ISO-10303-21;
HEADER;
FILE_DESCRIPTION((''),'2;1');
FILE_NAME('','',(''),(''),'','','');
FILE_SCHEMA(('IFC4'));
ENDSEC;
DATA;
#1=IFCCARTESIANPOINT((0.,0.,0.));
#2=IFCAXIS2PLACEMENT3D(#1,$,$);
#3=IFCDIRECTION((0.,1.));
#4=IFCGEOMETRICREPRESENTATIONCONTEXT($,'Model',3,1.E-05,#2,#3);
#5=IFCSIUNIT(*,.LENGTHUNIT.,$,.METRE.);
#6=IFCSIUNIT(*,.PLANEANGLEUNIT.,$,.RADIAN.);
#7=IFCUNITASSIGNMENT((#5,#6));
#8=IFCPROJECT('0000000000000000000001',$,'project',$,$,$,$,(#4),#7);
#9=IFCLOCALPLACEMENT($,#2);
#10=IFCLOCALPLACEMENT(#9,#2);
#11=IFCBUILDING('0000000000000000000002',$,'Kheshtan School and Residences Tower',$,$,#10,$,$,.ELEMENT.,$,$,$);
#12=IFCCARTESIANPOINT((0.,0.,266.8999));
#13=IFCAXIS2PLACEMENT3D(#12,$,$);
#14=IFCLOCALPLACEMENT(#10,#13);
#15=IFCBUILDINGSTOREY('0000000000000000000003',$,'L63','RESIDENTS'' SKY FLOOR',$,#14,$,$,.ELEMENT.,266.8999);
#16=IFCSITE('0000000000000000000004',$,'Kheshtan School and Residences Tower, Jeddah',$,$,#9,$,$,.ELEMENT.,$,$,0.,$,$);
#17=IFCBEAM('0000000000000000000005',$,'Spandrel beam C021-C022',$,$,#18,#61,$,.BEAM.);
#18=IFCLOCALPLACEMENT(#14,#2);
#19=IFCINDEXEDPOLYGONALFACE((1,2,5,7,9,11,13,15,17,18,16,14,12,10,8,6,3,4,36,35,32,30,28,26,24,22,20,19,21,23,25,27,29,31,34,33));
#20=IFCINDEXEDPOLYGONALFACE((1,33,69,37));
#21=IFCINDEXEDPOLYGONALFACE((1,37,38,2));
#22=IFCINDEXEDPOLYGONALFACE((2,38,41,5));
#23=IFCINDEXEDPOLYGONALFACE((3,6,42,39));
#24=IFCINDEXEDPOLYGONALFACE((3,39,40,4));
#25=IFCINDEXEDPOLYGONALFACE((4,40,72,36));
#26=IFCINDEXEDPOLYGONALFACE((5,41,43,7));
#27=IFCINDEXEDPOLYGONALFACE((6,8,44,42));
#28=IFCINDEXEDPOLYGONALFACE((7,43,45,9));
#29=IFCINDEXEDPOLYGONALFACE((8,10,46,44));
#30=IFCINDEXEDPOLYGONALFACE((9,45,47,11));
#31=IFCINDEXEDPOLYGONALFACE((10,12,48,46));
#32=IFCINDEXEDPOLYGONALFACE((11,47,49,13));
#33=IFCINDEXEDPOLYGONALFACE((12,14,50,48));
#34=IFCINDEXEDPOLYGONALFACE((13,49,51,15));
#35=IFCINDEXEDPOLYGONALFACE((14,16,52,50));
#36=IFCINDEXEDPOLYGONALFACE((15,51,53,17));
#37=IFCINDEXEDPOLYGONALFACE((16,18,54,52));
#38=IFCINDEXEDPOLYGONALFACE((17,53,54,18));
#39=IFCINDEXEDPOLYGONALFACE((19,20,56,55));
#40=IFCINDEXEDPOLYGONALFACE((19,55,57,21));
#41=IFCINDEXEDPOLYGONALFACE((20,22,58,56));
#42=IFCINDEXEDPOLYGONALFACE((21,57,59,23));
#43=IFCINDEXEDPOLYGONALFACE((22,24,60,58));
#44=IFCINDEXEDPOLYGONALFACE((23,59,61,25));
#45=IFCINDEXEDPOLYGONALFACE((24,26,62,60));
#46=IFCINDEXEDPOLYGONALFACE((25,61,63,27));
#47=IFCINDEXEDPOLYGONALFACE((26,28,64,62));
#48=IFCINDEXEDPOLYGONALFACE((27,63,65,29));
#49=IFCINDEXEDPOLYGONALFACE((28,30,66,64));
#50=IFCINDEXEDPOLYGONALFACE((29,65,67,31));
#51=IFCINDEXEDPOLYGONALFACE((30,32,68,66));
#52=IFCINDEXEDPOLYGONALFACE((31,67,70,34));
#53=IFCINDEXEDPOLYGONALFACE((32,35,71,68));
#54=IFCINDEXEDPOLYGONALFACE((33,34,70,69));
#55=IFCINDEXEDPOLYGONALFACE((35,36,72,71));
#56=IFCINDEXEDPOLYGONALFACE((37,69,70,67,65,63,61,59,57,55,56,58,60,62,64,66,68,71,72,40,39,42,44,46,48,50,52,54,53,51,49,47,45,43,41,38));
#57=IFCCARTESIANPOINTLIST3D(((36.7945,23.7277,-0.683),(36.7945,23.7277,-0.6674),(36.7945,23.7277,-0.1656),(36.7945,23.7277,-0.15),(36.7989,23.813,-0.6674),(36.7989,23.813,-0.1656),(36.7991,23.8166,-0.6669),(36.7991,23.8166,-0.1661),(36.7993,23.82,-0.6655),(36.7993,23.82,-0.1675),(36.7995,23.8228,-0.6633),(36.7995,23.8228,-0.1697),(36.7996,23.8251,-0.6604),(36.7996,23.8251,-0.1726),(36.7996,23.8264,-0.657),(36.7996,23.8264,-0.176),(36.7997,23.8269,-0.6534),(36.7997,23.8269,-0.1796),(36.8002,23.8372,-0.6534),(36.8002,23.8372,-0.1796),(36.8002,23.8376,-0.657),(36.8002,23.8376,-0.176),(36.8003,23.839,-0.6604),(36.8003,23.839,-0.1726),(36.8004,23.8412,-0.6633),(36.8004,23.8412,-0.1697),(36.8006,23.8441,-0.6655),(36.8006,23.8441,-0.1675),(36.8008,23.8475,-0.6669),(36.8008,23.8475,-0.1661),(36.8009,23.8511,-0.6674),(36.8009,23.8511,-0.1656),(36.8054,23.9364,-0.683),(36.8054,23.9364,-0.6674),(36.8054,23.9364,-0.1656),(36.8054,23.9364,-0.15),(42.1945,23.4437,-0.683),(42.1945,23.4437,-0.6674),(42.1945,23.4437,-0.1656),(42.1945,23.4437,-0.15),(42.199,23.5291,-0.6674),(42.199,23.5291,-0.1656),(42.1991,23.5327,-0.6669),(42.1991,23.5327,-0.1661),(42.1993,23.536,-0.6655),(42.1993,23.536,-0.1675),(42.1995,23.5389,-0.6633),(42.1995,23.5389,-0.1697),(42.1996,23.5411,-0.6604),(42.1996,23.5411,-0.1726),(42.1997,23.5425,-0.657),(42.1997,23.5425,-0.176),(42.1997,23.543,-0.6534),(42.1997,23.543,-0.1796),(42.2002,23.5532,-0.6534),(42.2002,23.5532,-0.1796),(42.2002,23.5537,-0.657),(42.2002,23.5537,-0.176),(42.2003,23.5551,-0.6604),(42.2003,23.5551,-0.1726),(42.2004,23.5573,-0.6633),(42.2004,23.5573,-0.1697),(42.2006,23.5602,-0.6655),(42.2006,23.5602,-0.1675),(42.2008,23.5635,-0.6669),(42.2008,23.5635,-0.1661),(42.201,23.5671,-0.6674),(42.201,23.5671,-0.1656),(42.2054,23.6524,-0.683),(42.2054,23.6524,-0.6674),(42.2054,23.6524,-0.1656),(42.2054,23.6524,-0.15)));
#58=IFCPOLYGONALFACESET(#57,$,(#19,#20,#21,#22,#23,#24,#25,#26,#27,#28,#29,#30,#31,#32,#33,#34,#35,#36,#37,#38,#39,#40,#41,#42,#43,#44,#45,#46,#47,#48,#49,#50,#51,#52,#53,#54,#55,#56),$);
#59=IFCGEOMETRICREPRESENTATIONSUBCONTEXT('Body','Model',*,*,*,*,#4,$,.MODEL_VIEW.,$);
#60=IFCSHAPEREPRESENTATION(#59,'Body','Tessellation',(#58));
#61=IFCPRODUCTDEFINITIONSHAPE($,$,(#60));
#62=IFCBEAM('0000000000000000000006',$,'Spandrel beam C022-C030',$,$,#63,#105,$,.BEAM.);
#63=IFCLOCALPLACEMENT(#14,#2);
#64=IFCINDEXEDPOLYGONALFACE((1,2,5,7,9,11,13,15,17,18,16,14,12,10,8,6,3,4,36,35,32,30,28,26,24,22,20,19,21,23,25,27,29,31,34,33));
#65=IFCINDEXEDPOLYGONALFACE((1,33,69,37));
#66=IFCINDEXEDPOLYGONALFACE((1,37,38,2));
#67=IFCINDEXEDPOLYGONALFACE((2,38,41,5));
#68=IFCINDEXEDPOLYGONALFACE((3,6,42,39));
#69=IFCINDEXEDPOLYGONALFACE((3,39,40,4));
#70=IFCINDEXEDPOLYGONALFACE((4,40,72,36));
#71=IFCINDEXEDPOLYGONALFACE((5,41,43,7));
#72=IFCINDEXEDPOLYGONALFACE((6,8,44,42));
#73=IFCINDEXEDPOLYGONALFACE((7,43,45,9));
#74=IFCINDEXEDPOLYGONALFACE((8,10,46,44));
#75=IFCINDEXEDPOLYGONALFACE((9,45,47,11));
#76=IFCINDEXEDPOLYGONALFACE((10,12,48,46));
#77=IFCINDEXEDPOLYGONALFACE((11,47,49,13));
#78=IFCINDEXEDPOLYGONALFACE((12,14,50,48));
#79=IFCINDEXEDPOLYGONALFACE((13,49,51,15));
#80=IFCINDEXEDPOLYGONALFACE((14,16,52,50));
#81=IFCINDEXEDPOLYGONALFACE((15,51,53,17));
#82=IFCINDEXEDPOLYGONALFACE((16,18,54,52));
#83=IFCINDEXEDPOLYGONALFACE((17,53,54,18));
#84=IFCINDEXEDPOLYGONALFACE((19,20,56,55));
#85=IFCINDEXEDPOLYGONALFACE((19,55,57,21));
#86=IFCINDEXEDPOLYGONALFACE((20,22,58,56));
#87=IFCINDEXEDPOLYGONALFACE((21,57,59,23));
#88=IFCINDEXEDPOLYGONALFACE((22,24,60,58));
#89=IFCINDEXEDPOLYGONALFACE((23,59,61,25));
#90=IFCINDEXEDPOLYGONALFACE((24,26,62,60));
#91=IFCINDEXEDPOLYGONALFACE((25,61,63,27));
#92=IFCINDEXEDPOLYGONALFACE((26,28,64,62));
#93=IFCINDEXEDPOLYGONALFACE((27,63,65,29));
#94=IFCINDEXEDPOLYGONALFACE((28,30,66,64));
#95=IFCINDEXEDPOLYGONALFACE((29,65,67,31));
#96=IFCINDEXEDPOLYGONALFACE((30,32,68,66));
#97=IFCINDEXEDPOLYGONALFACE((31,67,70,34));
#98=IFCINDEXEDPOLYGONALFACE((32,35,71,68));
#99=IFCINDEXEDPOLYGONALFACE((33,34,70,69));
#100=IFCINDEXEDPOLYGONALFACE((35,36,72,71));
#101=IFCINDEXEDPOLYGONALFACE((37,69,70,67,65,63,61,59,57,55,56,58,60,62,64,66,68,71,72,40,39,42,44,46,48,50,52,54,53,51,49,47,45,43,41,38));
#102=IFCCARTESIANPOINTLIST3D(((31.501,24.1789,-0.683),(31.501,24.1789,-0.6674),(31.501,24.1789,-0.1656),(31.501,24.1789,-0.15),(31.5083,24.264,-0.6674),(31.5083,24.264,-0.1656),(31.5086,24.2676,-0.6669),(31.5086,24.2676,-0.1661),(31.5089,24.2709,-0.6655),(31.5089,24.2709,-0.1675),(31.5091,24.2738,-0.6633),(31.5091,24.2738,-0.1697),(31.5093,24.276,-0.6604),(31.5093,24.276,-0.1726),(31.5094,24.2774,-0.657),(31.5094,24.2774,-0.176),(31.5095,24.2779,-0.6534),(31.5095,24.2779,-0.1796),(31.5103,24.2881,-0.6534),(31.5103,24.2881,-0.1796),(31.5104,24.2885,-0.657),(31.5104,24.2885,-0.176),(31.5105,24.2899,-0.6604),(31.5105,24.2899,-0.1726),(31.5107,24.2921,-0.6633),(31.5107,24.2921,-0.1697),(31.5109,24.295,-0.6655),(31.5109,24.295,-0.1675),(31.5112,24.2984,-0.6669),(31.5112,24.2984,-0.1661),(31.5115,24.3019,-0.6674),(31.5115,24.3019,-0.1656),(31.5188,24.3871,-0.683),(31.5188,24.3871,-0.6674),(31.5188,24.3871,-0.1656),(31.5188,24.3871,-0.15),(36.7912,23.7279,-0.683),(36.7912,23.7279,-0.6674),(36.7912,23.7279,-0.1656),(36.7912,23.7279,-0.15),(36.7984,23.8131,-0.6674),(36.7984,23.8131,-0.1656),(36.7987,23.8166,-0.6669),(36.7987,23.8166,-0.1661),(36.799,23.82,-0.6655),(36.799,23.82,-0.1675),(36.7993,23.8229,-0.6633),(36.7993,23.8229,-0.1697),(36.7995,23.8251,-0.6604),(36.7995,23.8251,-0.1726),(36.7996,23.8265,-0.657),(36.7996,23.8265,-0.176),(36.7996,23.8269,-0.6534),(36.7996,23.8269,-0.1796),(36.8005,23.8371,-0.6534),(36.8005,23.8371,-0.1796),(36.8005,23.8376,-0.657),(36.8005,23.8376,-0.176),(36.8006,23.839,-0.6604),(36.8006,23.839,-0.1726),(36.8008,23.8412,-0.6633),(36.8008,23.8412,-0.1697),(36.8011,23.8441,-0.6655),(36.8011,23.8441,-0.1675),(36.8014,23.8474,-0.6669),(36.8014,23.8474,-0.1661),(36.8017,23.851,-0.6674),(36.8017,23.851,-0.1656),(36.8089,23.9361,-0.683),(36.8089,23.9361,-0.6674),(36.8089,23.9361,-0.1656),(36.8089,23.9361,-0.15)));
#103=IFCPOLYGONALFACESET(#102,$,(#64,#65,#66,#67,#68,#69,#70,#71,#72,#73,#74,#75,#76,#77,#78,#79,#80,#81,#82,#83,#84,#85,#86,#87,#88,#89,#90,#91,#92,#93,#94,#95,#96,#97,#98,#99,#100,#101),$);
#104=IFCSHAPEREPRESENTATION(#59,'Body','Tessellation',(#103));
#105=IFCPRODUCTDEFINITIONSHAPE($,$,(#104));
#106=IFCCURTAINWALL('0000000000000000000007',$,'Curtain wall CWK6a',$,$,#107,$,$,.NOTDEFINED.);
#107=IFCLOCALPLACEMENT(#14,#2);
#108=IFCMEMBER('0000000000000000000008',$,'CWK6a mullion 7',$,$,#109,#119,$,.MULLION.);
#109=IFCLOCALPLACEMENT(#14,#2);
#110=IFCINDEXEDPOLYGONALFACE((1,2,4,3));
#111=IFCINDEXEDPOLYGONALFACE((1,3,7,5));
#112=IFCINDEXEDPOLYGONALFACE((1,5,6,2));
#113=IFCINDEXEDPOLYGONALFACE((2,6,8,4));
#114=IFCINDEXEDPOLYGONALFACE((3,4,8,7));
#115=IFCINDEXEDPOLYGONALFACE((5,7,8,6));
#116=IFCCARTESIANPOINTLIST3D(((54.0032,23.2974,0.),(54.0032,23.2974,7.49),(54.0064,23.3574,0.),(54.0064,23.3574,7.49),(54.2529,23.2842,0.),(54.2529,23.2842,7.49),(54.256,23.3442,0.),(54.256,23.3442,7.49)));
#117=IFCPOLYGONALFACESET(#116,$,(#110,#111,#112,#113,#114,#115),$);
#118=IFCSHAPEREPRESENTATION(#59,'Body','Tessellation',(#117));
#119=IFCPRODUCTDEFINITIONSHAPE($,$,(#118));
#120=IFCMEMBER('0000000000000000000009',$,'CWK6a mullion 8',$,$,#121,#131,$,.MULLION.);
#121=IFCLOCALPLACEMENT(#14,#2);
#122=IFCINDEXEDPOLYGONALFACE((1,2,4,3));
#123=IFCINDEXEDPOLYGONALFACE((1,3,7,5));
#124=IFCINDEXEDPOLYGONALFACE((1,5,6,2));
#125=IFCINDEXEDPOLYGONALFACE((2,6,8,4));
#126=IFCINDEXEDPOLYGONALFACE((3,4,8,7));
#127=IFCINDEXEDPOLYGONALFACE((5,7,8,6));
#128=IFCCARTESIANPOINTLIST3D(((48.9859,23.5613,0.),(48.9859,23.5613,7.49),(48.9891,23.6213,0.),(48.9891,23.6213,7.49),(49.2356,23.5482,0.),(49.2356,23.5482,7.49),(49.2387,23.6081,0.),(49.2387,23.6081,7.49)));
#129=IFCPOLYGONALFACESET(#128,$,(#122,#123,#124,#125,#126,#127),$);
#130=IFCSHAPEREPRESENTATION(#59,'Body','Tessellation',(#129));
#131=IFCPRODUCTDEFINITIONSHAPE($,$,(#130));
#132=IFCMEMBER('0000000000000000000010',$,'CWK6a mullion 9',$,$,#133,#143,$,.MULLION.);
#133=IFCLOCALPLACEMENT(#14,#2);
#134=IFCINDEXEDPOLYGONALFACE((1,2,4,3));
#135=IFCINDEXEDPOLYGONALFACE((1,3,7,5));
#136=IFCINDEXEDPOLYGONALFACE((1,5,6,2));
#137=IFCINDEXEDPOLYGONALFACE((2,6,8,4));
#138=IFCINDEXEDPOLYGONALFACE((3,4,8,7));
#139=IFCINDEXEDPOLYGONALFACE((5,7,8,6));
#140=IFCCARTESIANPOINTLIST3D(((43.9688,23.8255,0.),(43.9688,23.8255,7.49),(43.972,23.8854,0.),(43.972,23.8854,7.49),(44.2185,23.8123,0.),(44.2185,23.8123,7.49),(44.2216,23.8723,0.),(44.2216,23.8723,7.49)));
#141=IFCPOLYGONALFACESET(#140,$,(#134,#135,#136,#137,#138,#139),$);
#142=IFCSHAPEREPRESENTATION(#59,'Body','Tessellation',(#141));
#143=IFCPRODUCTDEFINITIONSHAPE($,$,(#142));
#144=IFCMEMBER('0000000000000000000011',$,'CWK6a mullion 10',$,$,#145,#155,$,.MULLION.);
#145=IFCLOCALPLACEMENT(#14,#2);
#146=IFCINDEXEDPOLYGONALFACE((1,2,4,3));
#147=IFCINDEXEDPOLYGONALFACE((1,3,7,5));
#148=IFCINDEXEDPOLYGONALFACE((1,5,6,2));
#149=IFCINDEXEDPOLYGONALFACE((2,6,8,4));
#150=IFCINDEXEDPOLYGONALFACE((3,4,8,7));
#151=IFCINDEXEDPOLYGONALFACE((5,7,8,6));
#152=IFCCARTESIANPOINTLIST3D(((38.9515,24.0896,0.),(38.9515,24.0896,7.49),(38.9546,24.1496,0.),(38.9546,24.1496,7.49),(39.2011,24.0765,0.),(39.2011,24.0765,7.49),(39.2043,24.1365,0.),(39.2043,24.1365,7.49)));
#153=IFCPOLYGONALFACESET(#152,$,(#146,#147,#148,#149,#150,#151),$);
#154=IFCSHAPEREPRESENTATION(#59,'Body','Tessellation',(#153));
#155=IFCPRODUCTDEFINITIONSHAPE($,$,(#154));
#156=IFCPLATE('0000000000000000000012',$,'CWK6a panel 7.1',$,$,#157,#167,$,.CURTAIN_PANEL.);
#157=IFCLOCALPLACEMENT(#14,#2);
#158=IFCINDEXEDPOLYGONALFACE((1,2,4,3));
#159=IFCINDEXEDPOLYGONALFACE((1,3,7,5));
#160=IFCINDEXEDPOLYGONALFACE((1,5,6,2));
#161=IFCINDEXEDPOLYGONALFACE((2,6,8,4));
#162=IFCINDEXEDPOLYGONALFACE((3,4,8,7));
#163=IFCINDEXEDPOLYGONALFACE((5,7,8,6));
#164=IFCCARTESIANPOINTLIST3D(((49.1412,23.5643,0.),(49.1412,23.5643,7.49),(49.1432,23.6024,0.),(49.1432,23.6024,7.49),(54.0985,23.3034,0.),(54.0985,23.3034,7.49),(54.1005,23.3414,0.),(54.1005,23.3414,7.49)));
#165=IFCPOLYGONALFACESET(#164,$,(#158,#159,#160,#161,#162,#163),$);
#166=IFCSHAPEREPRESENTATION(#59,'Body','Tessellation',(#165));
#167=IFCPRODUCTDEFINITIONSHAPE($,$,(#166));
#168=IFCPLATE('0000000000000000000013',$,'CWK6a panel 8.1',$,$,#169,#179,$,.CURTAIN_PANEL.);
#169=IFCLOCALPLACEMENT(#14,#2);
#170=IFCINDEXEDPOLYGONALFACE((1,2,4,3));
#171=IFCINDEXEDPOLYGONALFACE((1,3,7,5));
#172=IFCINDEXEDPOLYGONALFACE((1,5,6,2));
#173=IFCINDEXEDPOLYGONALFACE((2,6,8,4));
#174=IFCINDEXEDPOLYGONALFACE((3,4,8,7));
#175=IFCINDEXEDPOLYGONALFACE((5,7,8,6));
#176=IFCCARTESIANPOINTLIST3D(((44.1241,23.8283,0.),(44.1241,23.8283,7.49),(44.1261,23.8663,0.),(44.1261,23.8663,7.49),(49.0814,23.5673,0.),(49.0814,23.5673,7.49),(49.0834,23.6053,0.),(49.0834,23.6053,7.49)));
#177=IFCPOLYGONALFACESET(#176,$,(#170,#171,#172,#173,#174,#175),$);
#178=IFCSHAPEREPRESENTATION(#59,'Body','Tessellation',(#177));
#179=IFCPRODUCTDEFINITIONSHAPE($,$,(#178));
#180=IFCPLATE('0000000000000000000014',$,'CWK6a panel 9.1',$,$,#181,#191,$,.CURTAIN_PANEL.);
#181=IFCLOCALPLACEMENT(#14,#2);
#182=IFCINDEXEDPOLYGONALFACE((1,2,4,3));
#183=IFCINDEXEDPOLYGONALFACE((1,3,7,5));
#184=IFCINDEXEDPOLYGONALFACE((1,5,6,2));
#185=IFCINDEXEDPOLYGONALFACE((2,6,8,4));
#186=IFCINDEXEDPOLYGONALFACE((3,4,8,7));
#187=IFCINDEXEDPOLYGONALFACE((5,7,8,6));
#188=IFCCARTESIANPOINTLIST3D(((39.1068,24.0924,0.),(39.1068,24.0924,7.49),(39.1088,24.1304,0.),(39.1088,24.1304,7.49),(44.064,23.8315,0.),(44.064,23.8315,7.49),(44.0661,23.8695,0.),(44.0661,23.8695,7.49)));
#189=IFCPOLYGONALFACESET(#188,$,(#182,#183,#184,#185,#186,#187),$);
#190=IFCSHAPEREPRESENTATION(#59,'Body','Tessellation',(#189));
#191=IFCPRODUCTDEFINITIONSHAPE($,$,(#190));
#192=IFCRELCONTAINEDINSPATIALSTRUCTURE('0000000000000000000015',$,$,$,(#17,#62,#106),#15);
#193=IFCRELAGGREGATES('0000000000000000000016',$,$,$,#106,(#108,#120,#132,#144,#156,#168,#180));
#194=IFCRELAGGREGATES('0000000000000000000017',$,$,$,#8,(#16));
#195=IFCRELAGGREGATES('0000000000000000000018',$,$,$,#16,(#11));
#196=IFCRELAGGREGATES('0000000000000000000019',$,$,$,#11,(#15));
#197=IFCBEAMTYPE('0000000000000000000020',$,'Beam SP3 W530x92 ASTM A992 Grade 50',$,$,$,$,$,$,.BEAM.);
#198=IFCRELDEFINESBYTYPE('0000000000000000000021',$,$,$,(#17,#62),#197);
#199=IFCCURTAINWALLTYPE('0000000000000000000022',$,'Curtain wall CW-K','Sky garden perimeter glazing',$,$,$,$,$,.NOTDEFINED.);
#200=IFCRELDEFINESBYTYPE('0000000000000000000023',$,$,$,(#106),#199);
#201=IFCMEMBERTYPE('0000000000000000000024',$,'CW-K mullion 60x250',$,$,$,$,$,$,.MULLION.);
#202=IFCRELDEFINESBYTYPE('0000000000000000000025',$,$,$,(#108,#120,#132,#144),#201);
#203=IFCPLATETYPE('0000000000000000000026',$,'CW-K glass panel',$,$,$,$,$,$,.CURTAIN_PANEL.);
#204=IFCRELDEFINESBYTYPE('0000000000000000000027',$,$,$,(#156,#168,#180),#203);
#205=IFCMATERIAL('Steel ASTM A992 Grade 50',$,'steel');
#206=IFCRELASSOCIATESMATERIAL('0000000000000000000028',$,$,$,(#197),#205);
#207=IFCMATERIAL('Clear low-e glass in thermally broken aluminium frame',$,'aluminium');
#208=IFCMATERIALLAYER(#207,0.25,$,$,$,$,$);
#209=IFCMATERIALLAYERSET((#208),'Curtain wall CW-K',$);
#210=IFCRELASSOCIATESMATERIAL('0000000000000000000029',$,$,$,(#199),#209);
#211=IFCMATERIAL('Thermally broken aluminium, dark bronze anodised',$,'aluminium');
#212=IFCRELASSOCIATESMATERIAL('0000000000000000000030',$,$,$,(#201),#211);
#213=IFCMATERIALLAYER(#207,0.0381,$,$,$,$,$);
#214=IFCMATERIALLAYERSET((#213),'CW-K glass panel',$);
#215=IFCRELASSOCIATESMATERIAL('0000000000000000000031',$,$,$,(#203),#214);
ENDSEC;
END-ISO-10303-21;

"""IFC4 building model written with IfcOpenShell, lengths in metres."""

from ifc_helpers import new_model, si_unit, direction, frame, origin, origin_2d, place, context, subcontext, project, spatial, rectangle, i_section, extrude, material, layer, layer_set, material_profile, profile_set, type_object, element, aggregate, save


model = new_model("IFC4")

# Units and contexts
model_context = context("Model", 3, precision=1e-05, world=origin(), true_north=direction((0.0, 1.0)))
body_context = subcontext(model_context, "Body", "Model", "MODEL_VIEW")
ifc_project = project(units=[si_unit("LENGTHUNIT", "METRE"), si_unit("PLANEANGLEUNIT", "RADIAN")], contexts=[model_context])

# Site, building, storey
site_placement = place(None, origin())
site = spatial("IfcSite", under=ifc_project, at=site_placement, Name="Kheshtan School and Residences Tower, Jeddah", CompositionType="ELEMENT", RefElevation=0.0)
building_placement = place(site_placement, origin())
building = spatial("IfcBuilding", under=site, at=building_placement, Name="Kheshtan School and Residences Tower", CompositionType="ELEMENT")
storey_placement = place(building_placement, frame((0.0, 0.0, 266.8999)))
storey = spatial("IfcBuildingStorey", under=building, at=storey_placement, Name="L63", Description="RESIDENTS' SKY FLOOR", CompositionType="ELEMENT", Elevation=266.8999)

# Shared definitions
ifc_material_1 = material(Name="Steel ASTM A992 Grade 50", Category="steel")

# Beams
ifc_material_profile_1 = material_profile(ifc_material_1, i_section(OverallWidth=0.209, OverallDepth=0.533, WebThickness=0.0103, FlangeThickness=0.0156, FilletRadius=0.0139, at=origin_2d()), Name="W530x92")
ifc_profile_set_1 = profile_set([ifc_material_profile_1], Name="Steel ASTM A992 Grade 50")
beam_type_1 = type_object("IfcBeamType", Name="Beam SP3 W530x92 ASTM A992 Grade 50", PredefinedType="BEAM", material=ifc_profile_set_1)
beam_1_placement = place(storey_placement, frame((42.2, 23.5481, -0.4165), z_axis=(-0.99862, 0.052509, 0.0), x_axis=(-0.052509, -0.99862, 0.0)))
element("IfcBeam", 1, at=beam_1_placement, inside=storey, type_object=beam_type_1, Name="Spandrel beam C021-C022", PredefinedType="BEAM", context=body_context, shape_type="SweptSolid", body=[
    extrude(i_section(OverallWidth=0.209, OverallDepth=0.533, WebThickness=0.0103, FlangeThickness=0.0156, FilletRadius=0.0139, at=origin_2d()), origin(), (0.0, 0.0, 1.0), 5.4075),
])
beam_2_placement = place(storey_placement, frame((36.8, 23.832, -0.4165), z_axis=(-0.996387, 0.084933, 0.0), x_axis=(-0.084933, -0.996387, 0.0)))
element("IfcBeam", 2, at=beam_2_placement, inside=storey, type_object=beam_type_1, Name="Spandrel beam C022-C030", PredefinedType="BEAM", context=body_context, shape_type="SweptSolid", body=[
    extrude(i_section(OverallWidth=0.209, OverallDepth=0.533, WebThickness=0.0103, FlangeThickness=0.0156, FilletRadius=0.0139, at=origin_2d()), origin(), (0.0, 0.0, 1.0), 5.3093),
])

# Curtain wall, members, plates
ifc_material_2 = material(Name="Clear low-e glass in thermally broken aluminium frame", Category="aluminium")
ifc_layer_1 = layer(ifc_material_2, 0.25)
ifc_layer_set_1 = layer_set([ifc_layer_1], Name="Curtain wall CW-K")
curtain_wall_type = type_object("IfcCurtainWallType", Name="Curtain wall CW-K", Description="Sky garden perimeter glazing", PredefinedType="NOTDEFINED", material=ifc_layer_set_1)
curtain_wall_placement = place(storey_placement, origin())
curtain_wall = element("IfcCurtainWall", 3, at=curtain_wall_placement, inside=storey, type_object=curtain_wall_type, Name="Curtain wall CWK6a", PredefinedType="NOTDEFINED")
ifc_material_3 = material(Name="Thermally broken aluminium, dark bronze anodised", Category="aluminium")
ifc_material_profile_2 = material_profile(ifc_material_3, rectangle(XDim=0.0601, YDim=0.25, at=origin_2d()), Name="CW-K mullion 60x250")
ifc_profile_set_2 = profile_set([ifc_material_profile_2], Name="Thermally broken aluminium, dark bronze anodised")
member_type = type_object("IfcMemberType", Name="CW-K mullion 60x250", PredefinedType="MULLION", material=ifc_profile_set_2)
member_1_placement = place(storey_placement, frame((54.1296, 23.3208, 0.0), z_axis=(0.0, 0.0, 1.0), x_axis=(-0.052566, -0.998617, 0.0)))
member_1 = element("IfcMember", 4, at=member_1_placement, type_object=member_type, Name="CWK6a mullion 7", PredefinedType="MULLION", context=body_context, shape_type="SweptSolid", body=[
    extrude(rectangle(XDim=0.0601, YDim=0.25, at=origin_2d()), origin(), (0.0, 0.0, 1.0), 7.49),
])
member_2_placement = place(storey_placement, frame((49.1123, 23.5847, 0.0), z_axis=(0.0, 0.0, 1.0), x_axis=(-0.052566, -0.998617, 0.0)))
member_2 = element("IfcMember", 5, at=member_2_placement, type_object=member_type, Name="CWK6a mullion 8", PredefinedType="MULLION", context=body_context, shape_type="SweptSolid", body=[
    extrude(rectangle(XDim=0.0601, YDim=0.25, at=origin_2d()), origin(), (0.0, 0.0, 1.0), 7.49),
])
member_3_placement = place(storey_placement, frame((44.0952, 23.8489, 0.0), z_axis=(0.0, 0.0, 1.0), x_axis=(-0.052566, -0.998617, 0.0)))
member_3 = element("IfcMember", 6, at=member_3_placement, type_object=member_type, Name="CWK6a mullion 9", PredefinedType="MULLION", context=body_context, shape_type="SweptSolid", body=[
    extrude(rectangle(XDim=0.0601, YDim=0.25, at=origin_2d()), origin(), (0.0, 0.0, 1.0), 7.49),
])
member_4_placement = place(storey_placement, frame((39.0779, 24.113, 0.0), z_axis=(0.0, 0.0, 1.0), x_axis=(-0.052566, -0.998617, 0.0)))
member_4 = element("IfcMember", 7, at=member_4_placement, type_object=member_type, Name="CWK6a mullion 10", PredefinedType="MULLION", context=body_context, shape_type="SweptSolid", body=[
    extrude(rectangle(XDim=0.0601, YDim=0.25, at=origin_2d()), origin(), (0.0, 0.0, 1.0), 7.49),
])
ifc_layer_2 = layer(ifc_material_2, 0.0381)
ifc_layer_set_2 = layer_set([ifc_layer_2], Name="CW-K glass panel")
plate_type = type_object("IfcPlateType", Name="CW-K glass panel", PredefinedType="CURTAIN_PANEL", material=ifc_layer_set_2)
plate_1_placement = place(storey_placement, frame((51.6208, 23.4529, 0.0), z_axis=(0.0, 0.0, 1.0), x_axis=(-0.998617, 0.052566, 0.0)))
plate_1 = element("IfcPlate", 8, at=plate_1_placement, type_object=plate_type, Name="CWK6a panel 7.1", PredefinedType="CURTAIN_PANEL", context=body_context, shape_type="SweptSolid", body=[
    extrude(rectangle(XDim=4.9641, YDim=0.0381, at=origin_2d()), origin(), (0.0, 0.0, 1.0), 7.49),
])
plate_2_placement = place(storey_placement, frame((46.6038, 23.7168, 0.0), z_axis=(0.0, 0.0, 1.0), x_axis=(-0.998617, 0.052566, 0.0)))
plate_2 = element("IfcPlate", 9, at=plate_2_placement, type_object=plate_type, Name="CWK6a panel 8.1", PredefinedType="CURTAIN_PANEL", context=body_context, shape_type="SweptSolid", body=[
    extrude(rectangle(XDim=4.9641, YDim=0.0381, at=origin_2d()), origin(), (0.0, 0.0, 1.0), 7.49),
])
plate_3_placement = place(storey_placement, frame((41.5864, 23.981, 0.0), z_axis=(0.0, 0.0, 1.0), x_axis=(-0.998617, 0.052566, 0.0)))
plate_3 = element("IfcPlate", 10, at=plate_3_placement, type_object=plate_type, Name="CWK6a panel 9.1", PredefinedType="CURTAIN_PANEL", context=body_context, shape_type="SweptSolid", body=[
    extrude(rectangle(XDim=4.9641, YDim=0.0381, at=origin_2d()), origin(), (0.0, 0.0, 1.0), 7.49),
])
aggregate(curtain_wall, [member_1, member_2, member_3, member_4, plate_1, plate_2, plate_3])

save(model, "model.ifc")
